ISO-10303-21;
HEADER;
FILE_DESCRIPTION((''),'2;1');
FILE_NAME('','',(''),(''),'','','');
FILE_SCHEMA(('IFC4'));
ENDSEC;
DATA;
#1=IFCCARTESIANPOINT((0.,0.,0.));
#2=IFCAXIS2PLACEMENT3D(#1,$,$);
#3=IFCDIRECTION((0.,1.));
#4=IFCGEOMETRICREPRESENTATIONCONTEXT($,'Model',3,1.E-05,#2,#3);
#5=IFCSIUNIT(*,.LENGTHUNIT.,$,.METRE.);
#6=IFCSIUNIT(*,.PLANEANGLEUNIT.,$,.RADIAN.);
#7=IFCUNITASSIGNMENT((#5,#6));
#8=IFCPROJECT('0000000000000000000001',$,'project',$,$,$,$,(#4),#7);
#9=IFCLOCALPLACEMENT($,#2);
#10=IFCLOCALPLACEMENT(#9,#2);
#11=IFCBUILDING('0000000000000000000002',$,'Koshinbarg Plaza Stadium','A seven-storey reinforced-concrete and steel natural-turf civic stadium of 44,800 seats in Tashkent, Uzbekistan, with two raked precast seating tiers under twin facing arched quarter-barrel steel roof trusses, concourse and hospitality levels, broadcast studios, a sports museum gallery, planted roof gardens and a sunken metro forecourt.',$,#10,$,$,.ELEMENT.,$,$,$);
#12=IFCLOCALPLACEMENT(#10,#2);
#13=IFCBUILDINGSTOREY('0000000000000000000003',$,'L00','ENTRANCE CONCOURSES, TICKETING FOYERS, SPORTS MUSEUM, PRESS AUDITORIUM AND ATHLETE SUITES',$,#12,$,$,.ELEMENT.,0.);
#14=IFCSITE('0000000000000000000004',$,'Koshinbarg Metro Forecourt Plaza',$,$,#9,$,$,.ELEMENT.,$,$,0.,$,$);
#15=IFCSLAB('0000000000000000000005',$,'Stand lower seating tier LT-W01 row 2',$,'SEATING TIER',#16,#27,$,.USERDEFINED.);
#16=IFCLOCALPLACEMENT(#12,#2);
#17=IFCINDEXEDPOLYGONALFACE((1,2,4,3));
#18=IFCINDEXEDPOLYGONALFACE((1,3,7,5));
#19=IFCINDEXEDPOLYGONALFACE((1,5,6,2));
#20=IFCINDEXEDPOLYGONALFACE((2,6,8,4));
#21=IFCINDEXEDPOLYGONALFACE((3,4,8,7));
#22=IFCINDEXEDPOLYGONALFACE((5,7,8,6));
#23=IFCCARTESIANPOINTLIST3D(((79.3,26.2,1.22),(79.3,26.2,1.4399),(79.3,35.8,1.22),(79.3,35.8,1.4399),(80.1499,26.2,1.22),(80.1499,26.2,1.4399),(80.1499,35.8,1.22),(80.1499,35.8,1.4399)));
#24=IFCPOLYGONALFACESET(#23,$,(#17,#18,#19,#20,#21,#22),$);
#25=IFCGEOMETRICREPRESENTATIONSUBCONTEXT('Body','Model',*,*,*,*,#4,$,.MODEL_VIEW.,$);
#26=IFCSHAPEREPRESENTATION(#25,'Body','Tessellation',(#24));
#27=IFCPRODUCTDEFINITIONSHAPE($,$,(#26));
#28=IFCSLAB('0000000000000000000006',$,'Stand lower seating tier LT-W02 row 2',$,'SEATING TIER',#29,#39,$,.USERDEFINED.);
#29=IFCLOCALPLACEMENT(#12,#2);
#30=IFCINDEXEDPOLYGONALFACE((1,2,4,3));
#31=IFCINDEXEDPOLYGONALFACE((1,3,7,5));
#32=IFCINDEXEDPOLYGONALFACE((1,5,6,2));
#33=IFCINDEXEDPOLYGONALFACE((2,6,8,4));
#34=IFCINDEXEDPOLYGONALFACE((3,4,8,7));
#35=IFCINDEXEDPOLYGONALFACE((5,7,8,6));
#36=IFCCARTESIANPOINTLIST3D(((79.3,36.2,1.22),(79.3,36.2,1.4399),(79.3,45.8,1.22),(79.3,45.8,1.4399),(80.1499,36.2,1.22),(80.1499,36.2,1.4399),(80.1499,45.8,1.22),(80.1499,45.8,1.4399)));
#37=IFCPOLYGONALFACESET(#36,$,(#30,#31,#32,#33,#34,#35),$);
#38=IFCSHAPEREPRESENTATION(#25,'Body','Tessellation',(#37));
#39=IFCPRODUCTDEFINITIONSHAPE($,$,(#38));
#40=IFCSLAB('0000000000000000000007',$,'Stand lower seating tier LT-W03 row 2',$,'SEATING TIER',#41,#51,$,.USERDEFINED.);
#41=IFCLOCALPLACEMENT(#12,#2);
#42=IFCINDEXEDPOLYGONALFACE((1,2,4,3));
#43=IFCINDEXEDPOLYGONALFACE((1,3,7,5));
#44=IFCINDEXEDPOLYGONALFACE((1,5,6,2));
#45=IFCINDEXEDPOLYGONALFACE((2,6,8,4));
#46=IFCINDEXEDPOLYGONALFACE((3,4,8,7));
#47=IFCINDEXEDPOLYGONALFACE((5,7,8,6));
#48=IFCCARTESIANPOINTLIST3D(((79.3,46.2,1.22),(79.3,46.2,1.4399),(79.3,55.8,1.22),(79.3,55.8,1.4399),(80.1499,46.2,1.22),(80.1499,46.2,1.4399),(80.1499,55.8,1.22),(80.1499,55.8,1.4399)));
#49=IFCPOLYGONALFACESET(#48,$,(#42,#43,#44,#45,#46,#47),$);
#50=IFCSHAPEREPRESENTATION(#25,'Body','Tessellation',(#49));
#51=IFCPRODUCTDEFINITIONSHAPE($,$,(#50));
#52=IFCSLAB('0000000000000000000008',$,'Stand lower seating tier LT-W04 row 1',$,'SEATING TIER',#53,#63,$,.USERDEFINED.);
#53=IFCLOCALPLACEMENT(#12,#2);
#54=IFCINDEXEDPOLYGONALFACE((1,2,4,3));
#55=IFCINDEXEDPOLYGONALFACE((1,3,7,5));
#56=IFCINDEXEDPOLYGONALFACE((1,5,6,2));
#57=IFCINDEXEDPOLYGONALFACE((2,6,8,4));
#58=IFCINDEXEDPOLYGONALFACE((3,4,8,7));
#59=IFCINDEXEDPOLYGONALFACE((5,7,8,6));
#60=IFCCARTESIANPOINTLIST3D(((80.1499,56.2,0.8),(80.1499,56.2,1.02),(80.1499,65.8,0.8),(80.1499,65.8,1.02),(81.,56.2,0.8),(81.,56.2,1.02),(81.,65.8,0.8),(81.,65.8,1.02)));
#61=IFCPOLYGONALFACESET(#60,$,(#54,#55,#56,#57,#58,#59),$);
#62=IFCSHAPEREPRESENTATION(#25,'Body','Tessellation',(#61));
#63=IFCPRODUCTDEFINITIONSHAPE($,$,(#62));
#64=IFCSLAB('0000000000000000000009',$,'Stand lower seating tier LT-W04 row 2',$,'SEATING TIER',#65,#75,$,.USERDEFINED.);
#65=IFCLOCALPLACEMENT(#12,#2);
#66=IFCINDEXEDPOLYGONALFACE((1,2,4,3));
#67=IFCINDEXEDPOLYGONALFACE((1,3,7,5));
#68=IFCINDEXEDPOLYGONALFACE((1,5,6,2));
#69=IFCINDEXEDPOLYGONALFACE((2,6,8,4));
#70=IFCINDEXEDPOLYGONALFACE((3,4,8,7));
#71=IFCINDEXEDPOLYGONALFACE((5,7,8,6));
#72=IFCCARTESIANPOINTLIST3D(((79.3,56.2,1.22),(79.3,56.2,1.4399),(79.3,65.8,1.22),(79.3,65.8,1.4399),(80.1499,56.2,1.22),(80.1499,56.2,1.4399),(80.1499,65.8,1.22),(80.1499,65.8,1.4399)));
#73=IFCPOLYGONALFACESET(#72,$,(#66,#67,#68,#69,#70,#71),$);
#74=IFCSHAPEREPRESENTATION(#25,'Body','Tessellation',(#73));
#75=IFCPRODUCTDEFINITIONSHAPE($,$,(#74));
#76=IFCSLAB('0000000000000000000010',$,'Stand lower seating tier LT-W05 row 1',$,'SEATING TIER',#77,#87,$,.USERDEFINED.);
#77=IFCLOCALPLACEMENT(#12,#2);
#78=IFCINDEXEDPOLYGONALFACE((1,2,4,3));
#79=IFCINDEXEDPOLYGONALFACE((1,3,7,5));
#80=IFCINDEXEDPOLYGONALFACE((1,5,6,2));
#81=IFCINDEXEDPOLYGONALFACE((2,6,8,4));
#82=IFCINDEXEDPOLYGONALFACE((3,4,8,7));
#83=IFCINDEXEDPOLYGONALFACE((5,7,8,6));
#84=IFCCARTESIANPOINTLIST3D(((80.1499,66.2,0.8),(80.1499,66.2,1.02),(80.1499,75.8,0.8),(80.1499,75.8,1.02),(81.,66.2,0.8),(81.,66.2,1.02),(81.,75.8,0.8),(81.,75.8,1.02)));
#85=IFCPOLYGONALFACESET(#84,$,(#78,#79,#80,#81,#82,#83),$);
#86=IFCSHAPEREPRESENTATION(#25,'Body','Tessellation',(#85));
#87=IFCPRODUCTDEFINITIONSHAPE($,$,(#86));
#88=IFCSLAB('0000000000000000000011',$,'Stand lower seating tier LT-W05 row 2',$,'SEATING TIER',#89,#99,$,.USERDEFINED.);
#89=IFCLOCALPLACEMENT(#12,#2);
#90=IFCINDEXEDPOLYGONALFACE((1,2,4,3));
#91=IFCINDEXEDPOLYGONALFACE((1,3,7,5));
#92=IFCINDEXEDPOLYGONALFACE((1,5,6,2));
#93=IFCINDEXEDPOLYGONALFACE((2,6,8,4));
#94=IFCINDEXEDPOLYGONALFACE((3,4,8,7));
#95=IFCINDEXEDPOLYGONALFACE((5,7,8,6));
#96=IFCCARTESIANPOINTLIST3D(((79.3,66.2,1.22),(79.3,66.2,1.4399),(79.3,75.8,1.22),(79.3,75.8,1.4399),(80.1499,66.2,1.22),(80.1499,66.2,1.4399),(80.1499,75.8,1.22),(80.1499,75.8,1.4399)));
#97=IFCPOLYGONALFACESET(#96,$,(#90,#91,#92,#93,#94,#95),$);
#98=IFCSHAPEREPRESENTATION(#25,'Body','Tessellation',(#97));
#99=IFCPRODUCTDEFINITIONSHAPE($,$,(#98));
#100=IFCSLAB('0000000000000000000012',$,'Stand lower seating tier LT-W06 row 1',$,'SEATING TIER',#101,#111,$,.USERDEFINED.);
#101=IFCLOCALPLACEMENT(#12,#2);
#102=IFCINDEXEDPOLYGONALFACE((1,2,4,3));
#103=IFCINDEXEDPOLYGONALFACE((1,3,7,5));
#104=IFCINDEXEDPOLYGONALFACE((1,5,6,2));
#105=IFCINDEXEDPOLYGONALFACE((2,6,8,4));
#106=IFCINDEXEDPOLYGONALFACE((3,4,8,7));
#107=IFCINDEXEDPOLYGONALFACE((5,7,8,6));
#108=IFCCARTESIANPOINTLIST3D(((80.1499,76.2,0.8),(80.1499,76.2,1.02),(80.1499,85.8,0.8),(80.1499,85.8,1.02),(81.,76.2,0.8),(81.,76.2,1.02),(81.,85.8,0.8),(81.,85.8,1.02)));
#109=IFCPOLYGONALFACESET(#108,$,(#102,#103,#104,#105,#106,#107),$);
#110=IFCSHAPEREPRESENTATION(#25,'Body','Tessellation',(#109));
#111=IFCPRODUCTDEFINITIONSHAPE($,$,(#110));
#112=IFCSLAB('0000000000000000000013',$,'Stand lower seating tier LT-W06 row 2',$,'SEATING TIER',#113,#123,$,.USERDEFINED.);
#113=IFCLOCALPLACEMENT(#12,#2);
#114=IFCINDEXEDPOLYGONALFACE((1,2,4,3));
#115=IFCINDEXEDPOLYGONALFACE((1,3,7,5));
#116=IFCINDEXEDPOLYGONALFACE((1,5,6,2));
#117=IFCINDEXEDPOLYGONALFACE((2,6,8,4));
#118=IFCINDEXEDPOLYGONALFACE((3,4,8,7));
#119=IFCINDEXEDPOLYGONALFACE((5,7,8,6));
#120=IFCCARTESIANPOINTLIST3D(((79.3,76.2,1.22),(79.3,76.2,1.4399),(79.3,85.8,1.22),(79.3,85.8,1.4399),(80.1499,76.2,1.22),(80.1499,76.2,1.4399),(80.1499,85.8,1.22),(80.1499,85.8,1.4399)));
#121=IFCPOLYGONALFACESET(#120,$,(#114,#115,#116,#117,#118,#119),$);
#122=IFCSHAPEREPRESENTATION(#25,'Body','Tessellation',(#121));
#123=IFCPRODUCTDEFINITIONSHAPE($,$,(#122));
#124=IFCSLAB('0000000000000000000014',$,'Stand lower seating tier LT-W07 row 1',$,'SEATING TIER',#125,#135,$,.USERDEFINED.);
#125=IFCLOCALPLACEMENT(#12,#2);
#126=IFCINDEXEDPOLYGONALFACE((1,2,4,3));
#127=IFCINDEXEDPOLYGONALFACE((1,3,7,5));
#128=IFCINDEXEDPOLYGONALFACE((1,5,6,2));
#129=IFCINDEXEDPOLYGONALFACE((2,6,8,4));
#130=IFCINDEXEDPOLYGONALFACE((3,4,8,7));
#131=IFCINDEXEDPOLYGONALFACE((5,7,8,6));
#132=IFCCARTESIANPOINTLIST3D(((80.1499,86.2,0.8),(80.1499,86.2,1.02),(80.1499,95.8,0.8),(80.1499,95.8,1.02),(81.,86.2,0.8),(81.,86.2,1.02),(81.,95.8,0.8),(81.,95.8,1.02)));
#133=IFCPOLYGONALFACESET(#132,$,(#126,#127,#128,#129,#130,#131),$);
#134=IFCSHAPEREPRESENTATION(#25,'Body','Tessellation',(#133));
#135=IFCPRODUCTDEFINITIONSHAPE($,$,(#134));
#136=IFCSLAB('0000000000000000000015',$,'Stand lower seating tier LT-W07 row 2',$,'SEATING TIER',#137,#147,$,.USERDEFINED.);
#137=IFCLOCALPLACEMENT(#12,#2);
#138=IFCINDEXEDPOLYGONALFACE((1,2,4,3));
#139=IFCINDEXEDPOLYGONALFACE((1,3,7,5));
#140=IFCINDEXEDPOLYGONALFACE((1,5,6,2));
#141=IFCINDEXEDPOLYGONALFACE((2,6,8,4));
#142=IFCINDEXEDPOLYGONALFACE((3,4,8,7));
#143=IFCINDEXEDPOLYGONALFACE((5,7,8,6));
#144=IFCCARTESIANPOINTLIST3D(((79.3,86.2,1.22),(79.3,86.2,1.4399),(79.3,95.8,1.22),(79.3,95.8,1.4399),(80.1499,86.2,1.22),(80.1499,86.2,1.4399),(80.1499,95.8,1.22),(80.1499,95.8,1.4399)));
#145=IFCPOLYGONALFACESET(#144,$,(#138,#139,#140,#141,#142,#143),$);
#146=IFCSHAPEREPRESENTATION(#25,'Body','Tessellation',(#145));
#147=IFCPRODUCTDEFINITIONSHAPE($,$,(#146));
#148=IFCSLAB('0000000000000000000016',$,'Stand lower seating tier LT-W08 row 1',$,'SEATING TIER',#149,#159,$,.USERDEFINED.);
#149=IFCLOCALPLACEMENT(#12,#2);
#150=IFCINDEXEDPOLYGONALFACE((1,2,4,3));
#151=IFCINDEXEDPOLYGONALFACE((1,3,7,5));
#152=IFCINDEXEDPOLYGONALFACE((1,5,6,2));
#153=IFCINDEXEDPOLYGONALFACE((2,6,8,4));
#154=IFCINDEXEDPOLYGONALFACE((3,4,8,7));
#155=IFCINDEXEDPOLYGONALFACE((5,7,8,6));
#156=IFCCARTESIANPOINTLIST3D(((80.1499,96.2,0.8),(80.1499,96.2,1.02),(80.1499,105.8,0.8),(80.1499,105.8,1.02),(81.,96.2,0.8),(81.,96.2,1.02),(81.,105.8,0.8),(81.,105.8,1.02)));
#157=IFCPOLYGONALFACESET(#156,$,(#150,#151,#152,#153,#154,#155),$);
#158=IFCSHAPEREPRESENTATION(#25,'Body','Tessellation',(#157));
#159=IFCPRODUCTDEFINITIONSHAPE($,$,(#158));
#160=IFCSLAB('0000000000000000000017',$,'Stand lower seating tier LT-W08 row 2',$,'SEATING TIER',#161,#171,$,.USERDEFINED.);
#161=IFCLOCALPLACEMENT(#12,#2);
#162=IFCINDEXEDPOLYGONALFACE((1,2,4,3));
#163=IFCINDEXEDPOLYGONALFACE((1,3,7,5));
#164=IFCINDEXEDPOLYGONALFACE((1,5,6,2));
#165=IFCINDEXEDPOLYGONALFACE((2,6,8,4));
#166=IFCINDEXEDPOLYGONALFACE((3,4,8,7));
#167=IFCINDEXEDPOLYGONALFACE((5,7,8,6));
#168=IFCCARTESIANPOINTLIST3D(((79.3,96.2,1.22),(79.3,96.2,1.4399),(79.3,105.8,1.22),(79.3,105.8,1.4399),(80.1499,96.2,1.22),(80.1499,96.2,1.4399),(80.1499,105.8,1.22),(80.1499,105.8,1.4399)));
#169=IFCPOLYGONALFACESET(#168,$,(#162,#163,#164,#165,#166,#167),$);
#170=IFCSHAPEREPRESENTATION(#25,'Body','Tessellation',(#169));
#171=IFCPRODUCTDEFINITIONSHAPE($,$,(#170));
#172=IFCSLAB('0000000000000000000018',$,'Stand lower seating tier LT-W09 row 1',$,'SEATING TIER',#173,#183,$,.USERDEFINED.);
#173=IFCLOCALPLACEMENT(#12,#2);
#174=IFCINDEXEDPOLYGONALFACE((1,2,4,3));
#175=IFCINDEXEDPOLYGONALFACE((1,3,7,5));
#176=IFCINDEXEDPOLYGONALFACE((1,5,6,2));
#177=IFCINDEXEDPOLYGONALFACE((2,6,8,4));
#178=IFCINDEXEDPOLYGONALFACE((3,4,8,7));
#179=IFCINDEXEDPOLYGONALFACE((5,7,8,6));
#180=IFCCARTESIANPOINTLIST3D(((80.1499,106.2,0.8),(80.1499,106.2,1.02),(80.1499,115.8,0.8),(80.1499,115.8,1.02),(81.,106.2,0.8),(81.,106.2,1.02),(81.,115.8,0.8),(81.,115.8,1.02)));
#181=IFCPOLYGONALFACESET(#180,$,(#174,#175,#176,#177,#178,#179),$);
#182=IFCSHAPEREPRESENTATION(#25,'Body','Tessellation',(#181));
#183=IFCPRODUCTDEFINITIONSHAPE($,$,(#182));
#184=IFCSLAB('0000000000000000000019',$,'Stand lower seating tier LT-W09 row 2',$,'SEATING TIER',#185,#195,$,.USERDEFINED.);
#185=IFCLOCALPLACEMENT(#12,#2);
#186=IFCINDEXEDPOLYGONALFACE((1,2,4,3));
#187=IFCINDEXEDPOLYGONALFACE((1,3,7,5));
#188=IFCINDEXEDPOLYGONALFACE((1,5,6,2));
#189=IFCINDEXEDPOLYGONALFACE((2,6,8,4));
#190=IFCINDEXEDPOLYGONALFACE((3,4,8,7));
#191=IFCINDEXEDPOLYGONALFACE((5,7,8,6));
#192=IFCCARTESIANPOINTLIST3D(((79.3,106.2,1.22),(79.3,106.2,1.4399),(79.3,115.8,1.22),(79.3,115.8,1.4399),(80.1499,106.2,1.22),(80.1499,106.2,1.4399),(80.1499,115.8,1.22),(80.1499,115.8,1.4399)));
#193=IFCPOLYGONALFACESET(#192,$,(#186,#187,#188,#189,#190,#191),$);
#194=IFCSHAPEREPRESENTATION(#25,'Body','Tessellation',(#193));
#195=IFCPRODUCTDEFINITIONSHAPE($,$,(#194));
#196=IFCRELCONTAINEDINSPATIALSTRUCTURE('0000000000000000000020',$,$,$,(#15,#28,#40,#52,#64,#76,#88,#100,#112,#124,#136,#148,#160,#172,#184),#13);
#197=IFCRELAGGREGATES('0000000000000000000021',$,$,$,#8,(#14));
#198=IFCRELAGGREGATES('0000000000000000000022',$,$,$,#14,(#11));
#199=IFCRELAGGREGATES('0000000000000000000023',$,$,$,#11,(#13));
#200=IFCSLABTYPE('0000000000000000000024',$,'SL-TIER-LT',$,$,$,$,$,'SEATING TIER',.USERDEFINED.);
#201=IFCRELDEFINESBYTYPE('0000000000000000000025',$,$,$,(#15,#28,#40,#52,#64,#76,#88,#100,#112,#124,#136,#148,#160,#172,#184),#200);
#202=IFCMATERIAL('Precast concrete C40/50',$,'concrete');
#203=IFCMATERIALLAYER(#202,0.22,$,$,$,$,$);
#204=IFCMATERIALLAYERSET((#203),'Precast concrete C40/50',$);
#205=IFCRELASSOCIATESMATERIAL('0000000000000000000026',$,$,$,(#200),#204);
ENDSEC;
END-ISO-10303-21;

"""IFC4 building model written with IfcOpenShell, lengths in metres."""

from ifc_helpers import new_model, si_unit, direction, frame, origin, place, context, subcontext, project, spatial, polyline, outline, extrude, material, layer, layer_set, type_object, element, save


model = new_model("IFC4")

# Units and contexts
model_context = context("Model", 3, precision=1e-05, world=origin(), true_north=direction((0.0, 1.0)))
body_context = subcontext(model_context, "Body", "Model", "MODEL_VIEW")
ifc_project = project(units=[si_unit("LENGTHUNIT", "METRE"), si_unit("PLANEANGLEUNIT", "RADIAN")], contexts=[model_context])

# Site, building, storey
site_placement = place(None, origin())
site = spatial("IfcSite", under=ifc_project, at=site_placement, Name="Koshinbarg Metro Forecourt Plaza", CompositionType="ELEMENT", RefElevation=0.0)
building_placement = place(site_placement, origin())
building = spatial("IfcBuilding", under=site, at=building_placement, Name="Koshinbarg Plaza Stadium", Description="A seven-storey reinforced-concrete and steel natural-turf civic stadium of 44,800 seats in Tashkent, Uzbekistan, with two raked precast seating tiers under twin facing arched quarter-barrel steel roof trusses, concourse and hospitality levels, broadcast studios, a sports museum gallery, planted roof gardens and a sunken metro forecourt.", CompositionType="ELEMENT")
storey_placement = place(building_placement, origin())
storey = spatial("IfcBuildingStorey", under=building, at=storey_placement, Name="L00", Description="ENTRANCE CONCOURSES, TICKETING FOYERS, SPORTS MUSEUM, PRESS AUDITORIUM AND ATHLETE SUITES", CompositionType="ELEMENT", Elevation=0.0)

# Slabs
ifc_material = material(Name="Precast concrete C40/50", Category="concrete")
ifc_layer = layer(ifc_material, 0.22)
ifc_layer_set = layer_set([ifc_layer], Name="Precast concrete C40/50")
slab_type = type_object("IfcSlabType", Name="SL-TIER-LT", ElementType="SEATING TIER", PredefinedType="USERDEFINED", material=ifc_layer_set)
slab_1_placement = place(storey_placement, frame((0.0, 0.0, 1.22)))
element("IfcSlab", 1, at=slab_1_placement, inside=storey, type_object=slab_type, Name="Stand lower seating tier LT-W01 row 2", ObjectType="SEATING TIER", PredefinedType="USERDEFINED", context=body_context, shape_type="SweptSolid", body=[
    extrude(outline(polyline([(79.3, 26.2), (80.1499, 26.2), (80.1499, 35.8), (79.3, 35.8), (79.3, 26.2)])), origin(), (0.0, 0.0, 1.0), 0.22),
])
slab_2_placement = place(storey_placement, frame((0.0, 0.0, 1.22)))
element("IfcSlab", 2, at=slab_2_placement, inside=storey, type_object=slab_type, Name="Stand lower seating tier LT-W02 row 2", ObjectType="SEATING TIER", PredefinedType="USERDEFINED", context=body_context, shape_type="SweptSolid", body=[
    extrude(outline(polyline([(79.3, 36.2), (80.1499, 36.2), (80.1499, 45.8), (79.3, 45.8), (79.3, 36.2)])), origin(), (0.0, 0.0, 1.0), 0.22),
])
slab_3_placement = place(storey_placement, frame((0.0, 0.0, 1.22)))
element("IfcSlab", 3, at=slab_3_placement, inside=storey, type_object=slab_type, Name="Stand lower seating tier LT-W03 row 2", ObjectType="SEATING TIER", PredefinedType="USERDEFINED", context=body_context, shape_type="SweptSolid", body=[
    extrude(outline(polyline([(79.3, 46.2), (80.1499, 46.2), (80.1499, 55.8), (79.3, 55.8), (79.3, 46.2)])), origin(), (0.0, 0.0, 1.0), 0.22),
])
slab_4_placement = place(storey_placement, frame((0.0, 0.0, 0.8)))
element("IfcSlab", 4, at=slab_4_placement, inside=storey, type_object=slab_type, Name="Stand lower seating tier LT-W04 row 1", ObjectType="SEATING TIER", PredefinedType="USERDEFINED", context=body_context, shape_type="SweptSolid", body=[
    extrude(outline(polyline([(80.1499, 56.2), (81.0, 56.2), (81.0, 65.8), (80.1499, 65.8), (80.1499, 56.2)])), origin(), (0.0, 0.0, 1.0), 0.22),
])
slab_5_placement = place(storey_placement, frame((0.0, 0.0, 1.22)))
element("IfcSlab", 5, at=slab_5_placement, inside=storey, type_object=slab_type, Name="Stand lower seating tier LT-W04 row 2", ObjectType="SEATING TIER", PredefinedType="USERDEFINED", context=body_context, shape_type="SweptSolid", body=[
    extrude(outline(polyline([(79.3, 56.2), (80.1499, 56.2), (80.1499, 65.8), (79.3, 65.8), (79.3, 56.2)])), origin(), (0.0, 0.0, 1.0), 0.22),
])
slab_6_placement = place(storey_placement, frame((0.0, 0.0, 0.8)))
element("IfcSlab", 6, at=slab_6_placement, inside=storey, type_object=slab_type, Name="Stand lower seating tier LT-W05 row 1", ObjectType="SEATING TIER", PredefinedType="USERDEFINED", context=body_context, shape_type="SweptSolid", body=[
    extrude(outline(polyline([(80.1499, 66.2), (81.0, 66.2), (81.0, 75.8), (80.1499, 75.8), (80.1499, 66.2)])), origin(), (0.0, 0.0, 1.0), 0.22),
])
slab_7_placement = place(storey_placement, frame((0.0, 0.0, 1.22)))
element("IfcSlab", 7, at=slab_7_placement, inside=storey, type_object=slab_type, Name="Stand lower seating tier LT-W05 row 2", ObjectType="SEATING TIER", PredefinedType="USERDEFINED", context=body_context, shape_type="SweptSolid", body=[
    extrude(outline(polyline([(79.3, 66.2), (80.1499, 66.2), (80.1499, 75.8), (79.3, 75.8), (79.3, 66.2)])), origin(), (0.0, 0.0, 1.0), 0.22),
])
slab_8_placement = place(storey_placement, frame((0.0, 0.0, 0.8)))
element("IfcSlab", 8, at=slab_8_placement, inside=storey, type_object=slab_type, Name="Stand lower seating tier LT-W06 row 1", ObjectType="SEATING TIER", PredefinedType="USERDEFINED", context=body_context, shape_type="SweptSolid", body=[
    extrude(outline(polyline([(80.1499, 76.2), (81.0, 76.2), (81.0, 85.8), (80.1499, 85.8), (80.1499, 76.2)])), origin(), (0.0, 0.0, 1.0), 0.22),
])
slab_9_placement = place(storey_placement, frame((0.0, 0.0, 1.22)))
element("IfcSlab", 9, at=slab_9_placement, inside=storey, type_object=slab_type, Name="Stand lower seating tier LT-W06 row 2", ObjectType="SEATING TIER", PredefinedType="USERDEFINED", context=body_context, shape_type="SweptSolid", body=[
    extrude(outline(polyline([(79.3, 76.2), (80.1499, 76.2), (80.1499, 85.8), (79.3, 85.8), (79.3, 76.2)])), origin(), (0.0, 0.0, 1.0), 0.22),
])
slab_10_placement = place(storey_placement, frame((0.0, 0.0, 0.8)))
element("IfcSlab", 10, at=slab_10_placement, inside=storey, type_object=slab_type, Name="Stand lower seating tier LT-W07 row 1", ObjectType="SEATING TIER", PredefinedType="USERDEFINED", context=body_context, shape_type="SweptSolid", body=[
    extrude(outline(polyline([(80.1499, 86.2), (81.0, 86.2), (81.0, 95.8), (80.1499, 95.8), (80.1499, 86.2)])), origin(), (0.0, 0.0, 1.0), 0.22),
])
slab_11_placement = place(storey_placement, frame((0.0, 0.0, 1.22)))
element("IfcSlab", 11, at=slab_11_placement, inside=storey, type_object=slab_type, Name="Stand lower seating tier LT-W07 row 2", ObjectType="SEATING TIER", PredefinedType="USERDEFINED", context=body_context, shape_type="SweptSolid", body=[
    extrude(outline(polyline([(79.3, 86.2), (80.1499, 86.2), (80.1499, 95.8), (79.3, 95.8), (79.3, 86.2)])), origin(), (0.0, 0.0, 1.0), 0.22),
])
slab_12_placement = place(storey_placement, frame((0.0, 0.0, 0.8)))
element("IfcSlab", 12, at=slab_12_placement, inside=storey, type_object=slab_type, Name="Stand lower seating tier LT-W08 row 1", ObjectType="SEATING TIER", PredefinedType="USERDEFINED", context=body_context, shape_type="SweptSolid", body=[
    extrude(outline(polyline([(80.1499, 96.2), (81.0, 96.2), (81.0, 105.8), (80.1499, 105.8), (80.1499, 96.2)])), origin(), (0.0, 0.0, 1.0), 0.22),
])
slab_13_placement = place(storey_placement, frame((0.0, 0.0, 1.22)))
element("IfcSlab", 13, at=slab_13_placement, inside=storey, type_object=slab_type, Name="Stand lower seating tier LT-W08 row 2", ObjectType="SEATING TIER", PredefinedType="USERDEFINED", context=body_context, shape_type="SweptSolid", body=[
    extrude(outline(polyline([(79.3, 96.2), (80.1499, 96.2), (80.1499, 105.8), (79.3, 105.8), (79.3, 96.2)])), origin(), (0.0, 0.0, 1.0), 0.22),
])
slab_14_placement = place(storey_placement, frame((0.0, 0.0, 0.8)))
element("IfcSlab", 14, at=slab_14_placement, inside=storey, type_object=slab_type, Name="Stand lower seating tier LT-W09 row 1", ObjectType="SEATING TIER", PredefinedType="USERDEFINED", context=body_context, shape_type="SweptSolid", body=[
    extrude(outline(polyline([(80.1499, 106.2), (81.0, 106.2), (81.0, 115.8), (80.1499, 115.8), (80.1499, 106.2)])), origin(), (0.0, 0.0, 1.0), 0.22),
])
slab_15_placement = place(storey_placement, frame((0.0, 0.0, 1.22)))
element("IfcSlab", 15, at=slab_15_placement, inside=storey, type_object=slab_type, Name="Stand lower seating tier LT-W09 row 2", ObjectType="SEATING TIER", PredefinedType="USERDEFINED", context=body_context, shape_type="SweptSolid", body=[
    extrude(outline(polyline([(79.3, 106.2), (80.1499, 106.2), (80.1499, 115.8), (79.3, 115.8), (79.3, 106.2)])), origin(), (0.0, 0.0, 1.0), 0.22),
])

save(model, "model.ifc")
